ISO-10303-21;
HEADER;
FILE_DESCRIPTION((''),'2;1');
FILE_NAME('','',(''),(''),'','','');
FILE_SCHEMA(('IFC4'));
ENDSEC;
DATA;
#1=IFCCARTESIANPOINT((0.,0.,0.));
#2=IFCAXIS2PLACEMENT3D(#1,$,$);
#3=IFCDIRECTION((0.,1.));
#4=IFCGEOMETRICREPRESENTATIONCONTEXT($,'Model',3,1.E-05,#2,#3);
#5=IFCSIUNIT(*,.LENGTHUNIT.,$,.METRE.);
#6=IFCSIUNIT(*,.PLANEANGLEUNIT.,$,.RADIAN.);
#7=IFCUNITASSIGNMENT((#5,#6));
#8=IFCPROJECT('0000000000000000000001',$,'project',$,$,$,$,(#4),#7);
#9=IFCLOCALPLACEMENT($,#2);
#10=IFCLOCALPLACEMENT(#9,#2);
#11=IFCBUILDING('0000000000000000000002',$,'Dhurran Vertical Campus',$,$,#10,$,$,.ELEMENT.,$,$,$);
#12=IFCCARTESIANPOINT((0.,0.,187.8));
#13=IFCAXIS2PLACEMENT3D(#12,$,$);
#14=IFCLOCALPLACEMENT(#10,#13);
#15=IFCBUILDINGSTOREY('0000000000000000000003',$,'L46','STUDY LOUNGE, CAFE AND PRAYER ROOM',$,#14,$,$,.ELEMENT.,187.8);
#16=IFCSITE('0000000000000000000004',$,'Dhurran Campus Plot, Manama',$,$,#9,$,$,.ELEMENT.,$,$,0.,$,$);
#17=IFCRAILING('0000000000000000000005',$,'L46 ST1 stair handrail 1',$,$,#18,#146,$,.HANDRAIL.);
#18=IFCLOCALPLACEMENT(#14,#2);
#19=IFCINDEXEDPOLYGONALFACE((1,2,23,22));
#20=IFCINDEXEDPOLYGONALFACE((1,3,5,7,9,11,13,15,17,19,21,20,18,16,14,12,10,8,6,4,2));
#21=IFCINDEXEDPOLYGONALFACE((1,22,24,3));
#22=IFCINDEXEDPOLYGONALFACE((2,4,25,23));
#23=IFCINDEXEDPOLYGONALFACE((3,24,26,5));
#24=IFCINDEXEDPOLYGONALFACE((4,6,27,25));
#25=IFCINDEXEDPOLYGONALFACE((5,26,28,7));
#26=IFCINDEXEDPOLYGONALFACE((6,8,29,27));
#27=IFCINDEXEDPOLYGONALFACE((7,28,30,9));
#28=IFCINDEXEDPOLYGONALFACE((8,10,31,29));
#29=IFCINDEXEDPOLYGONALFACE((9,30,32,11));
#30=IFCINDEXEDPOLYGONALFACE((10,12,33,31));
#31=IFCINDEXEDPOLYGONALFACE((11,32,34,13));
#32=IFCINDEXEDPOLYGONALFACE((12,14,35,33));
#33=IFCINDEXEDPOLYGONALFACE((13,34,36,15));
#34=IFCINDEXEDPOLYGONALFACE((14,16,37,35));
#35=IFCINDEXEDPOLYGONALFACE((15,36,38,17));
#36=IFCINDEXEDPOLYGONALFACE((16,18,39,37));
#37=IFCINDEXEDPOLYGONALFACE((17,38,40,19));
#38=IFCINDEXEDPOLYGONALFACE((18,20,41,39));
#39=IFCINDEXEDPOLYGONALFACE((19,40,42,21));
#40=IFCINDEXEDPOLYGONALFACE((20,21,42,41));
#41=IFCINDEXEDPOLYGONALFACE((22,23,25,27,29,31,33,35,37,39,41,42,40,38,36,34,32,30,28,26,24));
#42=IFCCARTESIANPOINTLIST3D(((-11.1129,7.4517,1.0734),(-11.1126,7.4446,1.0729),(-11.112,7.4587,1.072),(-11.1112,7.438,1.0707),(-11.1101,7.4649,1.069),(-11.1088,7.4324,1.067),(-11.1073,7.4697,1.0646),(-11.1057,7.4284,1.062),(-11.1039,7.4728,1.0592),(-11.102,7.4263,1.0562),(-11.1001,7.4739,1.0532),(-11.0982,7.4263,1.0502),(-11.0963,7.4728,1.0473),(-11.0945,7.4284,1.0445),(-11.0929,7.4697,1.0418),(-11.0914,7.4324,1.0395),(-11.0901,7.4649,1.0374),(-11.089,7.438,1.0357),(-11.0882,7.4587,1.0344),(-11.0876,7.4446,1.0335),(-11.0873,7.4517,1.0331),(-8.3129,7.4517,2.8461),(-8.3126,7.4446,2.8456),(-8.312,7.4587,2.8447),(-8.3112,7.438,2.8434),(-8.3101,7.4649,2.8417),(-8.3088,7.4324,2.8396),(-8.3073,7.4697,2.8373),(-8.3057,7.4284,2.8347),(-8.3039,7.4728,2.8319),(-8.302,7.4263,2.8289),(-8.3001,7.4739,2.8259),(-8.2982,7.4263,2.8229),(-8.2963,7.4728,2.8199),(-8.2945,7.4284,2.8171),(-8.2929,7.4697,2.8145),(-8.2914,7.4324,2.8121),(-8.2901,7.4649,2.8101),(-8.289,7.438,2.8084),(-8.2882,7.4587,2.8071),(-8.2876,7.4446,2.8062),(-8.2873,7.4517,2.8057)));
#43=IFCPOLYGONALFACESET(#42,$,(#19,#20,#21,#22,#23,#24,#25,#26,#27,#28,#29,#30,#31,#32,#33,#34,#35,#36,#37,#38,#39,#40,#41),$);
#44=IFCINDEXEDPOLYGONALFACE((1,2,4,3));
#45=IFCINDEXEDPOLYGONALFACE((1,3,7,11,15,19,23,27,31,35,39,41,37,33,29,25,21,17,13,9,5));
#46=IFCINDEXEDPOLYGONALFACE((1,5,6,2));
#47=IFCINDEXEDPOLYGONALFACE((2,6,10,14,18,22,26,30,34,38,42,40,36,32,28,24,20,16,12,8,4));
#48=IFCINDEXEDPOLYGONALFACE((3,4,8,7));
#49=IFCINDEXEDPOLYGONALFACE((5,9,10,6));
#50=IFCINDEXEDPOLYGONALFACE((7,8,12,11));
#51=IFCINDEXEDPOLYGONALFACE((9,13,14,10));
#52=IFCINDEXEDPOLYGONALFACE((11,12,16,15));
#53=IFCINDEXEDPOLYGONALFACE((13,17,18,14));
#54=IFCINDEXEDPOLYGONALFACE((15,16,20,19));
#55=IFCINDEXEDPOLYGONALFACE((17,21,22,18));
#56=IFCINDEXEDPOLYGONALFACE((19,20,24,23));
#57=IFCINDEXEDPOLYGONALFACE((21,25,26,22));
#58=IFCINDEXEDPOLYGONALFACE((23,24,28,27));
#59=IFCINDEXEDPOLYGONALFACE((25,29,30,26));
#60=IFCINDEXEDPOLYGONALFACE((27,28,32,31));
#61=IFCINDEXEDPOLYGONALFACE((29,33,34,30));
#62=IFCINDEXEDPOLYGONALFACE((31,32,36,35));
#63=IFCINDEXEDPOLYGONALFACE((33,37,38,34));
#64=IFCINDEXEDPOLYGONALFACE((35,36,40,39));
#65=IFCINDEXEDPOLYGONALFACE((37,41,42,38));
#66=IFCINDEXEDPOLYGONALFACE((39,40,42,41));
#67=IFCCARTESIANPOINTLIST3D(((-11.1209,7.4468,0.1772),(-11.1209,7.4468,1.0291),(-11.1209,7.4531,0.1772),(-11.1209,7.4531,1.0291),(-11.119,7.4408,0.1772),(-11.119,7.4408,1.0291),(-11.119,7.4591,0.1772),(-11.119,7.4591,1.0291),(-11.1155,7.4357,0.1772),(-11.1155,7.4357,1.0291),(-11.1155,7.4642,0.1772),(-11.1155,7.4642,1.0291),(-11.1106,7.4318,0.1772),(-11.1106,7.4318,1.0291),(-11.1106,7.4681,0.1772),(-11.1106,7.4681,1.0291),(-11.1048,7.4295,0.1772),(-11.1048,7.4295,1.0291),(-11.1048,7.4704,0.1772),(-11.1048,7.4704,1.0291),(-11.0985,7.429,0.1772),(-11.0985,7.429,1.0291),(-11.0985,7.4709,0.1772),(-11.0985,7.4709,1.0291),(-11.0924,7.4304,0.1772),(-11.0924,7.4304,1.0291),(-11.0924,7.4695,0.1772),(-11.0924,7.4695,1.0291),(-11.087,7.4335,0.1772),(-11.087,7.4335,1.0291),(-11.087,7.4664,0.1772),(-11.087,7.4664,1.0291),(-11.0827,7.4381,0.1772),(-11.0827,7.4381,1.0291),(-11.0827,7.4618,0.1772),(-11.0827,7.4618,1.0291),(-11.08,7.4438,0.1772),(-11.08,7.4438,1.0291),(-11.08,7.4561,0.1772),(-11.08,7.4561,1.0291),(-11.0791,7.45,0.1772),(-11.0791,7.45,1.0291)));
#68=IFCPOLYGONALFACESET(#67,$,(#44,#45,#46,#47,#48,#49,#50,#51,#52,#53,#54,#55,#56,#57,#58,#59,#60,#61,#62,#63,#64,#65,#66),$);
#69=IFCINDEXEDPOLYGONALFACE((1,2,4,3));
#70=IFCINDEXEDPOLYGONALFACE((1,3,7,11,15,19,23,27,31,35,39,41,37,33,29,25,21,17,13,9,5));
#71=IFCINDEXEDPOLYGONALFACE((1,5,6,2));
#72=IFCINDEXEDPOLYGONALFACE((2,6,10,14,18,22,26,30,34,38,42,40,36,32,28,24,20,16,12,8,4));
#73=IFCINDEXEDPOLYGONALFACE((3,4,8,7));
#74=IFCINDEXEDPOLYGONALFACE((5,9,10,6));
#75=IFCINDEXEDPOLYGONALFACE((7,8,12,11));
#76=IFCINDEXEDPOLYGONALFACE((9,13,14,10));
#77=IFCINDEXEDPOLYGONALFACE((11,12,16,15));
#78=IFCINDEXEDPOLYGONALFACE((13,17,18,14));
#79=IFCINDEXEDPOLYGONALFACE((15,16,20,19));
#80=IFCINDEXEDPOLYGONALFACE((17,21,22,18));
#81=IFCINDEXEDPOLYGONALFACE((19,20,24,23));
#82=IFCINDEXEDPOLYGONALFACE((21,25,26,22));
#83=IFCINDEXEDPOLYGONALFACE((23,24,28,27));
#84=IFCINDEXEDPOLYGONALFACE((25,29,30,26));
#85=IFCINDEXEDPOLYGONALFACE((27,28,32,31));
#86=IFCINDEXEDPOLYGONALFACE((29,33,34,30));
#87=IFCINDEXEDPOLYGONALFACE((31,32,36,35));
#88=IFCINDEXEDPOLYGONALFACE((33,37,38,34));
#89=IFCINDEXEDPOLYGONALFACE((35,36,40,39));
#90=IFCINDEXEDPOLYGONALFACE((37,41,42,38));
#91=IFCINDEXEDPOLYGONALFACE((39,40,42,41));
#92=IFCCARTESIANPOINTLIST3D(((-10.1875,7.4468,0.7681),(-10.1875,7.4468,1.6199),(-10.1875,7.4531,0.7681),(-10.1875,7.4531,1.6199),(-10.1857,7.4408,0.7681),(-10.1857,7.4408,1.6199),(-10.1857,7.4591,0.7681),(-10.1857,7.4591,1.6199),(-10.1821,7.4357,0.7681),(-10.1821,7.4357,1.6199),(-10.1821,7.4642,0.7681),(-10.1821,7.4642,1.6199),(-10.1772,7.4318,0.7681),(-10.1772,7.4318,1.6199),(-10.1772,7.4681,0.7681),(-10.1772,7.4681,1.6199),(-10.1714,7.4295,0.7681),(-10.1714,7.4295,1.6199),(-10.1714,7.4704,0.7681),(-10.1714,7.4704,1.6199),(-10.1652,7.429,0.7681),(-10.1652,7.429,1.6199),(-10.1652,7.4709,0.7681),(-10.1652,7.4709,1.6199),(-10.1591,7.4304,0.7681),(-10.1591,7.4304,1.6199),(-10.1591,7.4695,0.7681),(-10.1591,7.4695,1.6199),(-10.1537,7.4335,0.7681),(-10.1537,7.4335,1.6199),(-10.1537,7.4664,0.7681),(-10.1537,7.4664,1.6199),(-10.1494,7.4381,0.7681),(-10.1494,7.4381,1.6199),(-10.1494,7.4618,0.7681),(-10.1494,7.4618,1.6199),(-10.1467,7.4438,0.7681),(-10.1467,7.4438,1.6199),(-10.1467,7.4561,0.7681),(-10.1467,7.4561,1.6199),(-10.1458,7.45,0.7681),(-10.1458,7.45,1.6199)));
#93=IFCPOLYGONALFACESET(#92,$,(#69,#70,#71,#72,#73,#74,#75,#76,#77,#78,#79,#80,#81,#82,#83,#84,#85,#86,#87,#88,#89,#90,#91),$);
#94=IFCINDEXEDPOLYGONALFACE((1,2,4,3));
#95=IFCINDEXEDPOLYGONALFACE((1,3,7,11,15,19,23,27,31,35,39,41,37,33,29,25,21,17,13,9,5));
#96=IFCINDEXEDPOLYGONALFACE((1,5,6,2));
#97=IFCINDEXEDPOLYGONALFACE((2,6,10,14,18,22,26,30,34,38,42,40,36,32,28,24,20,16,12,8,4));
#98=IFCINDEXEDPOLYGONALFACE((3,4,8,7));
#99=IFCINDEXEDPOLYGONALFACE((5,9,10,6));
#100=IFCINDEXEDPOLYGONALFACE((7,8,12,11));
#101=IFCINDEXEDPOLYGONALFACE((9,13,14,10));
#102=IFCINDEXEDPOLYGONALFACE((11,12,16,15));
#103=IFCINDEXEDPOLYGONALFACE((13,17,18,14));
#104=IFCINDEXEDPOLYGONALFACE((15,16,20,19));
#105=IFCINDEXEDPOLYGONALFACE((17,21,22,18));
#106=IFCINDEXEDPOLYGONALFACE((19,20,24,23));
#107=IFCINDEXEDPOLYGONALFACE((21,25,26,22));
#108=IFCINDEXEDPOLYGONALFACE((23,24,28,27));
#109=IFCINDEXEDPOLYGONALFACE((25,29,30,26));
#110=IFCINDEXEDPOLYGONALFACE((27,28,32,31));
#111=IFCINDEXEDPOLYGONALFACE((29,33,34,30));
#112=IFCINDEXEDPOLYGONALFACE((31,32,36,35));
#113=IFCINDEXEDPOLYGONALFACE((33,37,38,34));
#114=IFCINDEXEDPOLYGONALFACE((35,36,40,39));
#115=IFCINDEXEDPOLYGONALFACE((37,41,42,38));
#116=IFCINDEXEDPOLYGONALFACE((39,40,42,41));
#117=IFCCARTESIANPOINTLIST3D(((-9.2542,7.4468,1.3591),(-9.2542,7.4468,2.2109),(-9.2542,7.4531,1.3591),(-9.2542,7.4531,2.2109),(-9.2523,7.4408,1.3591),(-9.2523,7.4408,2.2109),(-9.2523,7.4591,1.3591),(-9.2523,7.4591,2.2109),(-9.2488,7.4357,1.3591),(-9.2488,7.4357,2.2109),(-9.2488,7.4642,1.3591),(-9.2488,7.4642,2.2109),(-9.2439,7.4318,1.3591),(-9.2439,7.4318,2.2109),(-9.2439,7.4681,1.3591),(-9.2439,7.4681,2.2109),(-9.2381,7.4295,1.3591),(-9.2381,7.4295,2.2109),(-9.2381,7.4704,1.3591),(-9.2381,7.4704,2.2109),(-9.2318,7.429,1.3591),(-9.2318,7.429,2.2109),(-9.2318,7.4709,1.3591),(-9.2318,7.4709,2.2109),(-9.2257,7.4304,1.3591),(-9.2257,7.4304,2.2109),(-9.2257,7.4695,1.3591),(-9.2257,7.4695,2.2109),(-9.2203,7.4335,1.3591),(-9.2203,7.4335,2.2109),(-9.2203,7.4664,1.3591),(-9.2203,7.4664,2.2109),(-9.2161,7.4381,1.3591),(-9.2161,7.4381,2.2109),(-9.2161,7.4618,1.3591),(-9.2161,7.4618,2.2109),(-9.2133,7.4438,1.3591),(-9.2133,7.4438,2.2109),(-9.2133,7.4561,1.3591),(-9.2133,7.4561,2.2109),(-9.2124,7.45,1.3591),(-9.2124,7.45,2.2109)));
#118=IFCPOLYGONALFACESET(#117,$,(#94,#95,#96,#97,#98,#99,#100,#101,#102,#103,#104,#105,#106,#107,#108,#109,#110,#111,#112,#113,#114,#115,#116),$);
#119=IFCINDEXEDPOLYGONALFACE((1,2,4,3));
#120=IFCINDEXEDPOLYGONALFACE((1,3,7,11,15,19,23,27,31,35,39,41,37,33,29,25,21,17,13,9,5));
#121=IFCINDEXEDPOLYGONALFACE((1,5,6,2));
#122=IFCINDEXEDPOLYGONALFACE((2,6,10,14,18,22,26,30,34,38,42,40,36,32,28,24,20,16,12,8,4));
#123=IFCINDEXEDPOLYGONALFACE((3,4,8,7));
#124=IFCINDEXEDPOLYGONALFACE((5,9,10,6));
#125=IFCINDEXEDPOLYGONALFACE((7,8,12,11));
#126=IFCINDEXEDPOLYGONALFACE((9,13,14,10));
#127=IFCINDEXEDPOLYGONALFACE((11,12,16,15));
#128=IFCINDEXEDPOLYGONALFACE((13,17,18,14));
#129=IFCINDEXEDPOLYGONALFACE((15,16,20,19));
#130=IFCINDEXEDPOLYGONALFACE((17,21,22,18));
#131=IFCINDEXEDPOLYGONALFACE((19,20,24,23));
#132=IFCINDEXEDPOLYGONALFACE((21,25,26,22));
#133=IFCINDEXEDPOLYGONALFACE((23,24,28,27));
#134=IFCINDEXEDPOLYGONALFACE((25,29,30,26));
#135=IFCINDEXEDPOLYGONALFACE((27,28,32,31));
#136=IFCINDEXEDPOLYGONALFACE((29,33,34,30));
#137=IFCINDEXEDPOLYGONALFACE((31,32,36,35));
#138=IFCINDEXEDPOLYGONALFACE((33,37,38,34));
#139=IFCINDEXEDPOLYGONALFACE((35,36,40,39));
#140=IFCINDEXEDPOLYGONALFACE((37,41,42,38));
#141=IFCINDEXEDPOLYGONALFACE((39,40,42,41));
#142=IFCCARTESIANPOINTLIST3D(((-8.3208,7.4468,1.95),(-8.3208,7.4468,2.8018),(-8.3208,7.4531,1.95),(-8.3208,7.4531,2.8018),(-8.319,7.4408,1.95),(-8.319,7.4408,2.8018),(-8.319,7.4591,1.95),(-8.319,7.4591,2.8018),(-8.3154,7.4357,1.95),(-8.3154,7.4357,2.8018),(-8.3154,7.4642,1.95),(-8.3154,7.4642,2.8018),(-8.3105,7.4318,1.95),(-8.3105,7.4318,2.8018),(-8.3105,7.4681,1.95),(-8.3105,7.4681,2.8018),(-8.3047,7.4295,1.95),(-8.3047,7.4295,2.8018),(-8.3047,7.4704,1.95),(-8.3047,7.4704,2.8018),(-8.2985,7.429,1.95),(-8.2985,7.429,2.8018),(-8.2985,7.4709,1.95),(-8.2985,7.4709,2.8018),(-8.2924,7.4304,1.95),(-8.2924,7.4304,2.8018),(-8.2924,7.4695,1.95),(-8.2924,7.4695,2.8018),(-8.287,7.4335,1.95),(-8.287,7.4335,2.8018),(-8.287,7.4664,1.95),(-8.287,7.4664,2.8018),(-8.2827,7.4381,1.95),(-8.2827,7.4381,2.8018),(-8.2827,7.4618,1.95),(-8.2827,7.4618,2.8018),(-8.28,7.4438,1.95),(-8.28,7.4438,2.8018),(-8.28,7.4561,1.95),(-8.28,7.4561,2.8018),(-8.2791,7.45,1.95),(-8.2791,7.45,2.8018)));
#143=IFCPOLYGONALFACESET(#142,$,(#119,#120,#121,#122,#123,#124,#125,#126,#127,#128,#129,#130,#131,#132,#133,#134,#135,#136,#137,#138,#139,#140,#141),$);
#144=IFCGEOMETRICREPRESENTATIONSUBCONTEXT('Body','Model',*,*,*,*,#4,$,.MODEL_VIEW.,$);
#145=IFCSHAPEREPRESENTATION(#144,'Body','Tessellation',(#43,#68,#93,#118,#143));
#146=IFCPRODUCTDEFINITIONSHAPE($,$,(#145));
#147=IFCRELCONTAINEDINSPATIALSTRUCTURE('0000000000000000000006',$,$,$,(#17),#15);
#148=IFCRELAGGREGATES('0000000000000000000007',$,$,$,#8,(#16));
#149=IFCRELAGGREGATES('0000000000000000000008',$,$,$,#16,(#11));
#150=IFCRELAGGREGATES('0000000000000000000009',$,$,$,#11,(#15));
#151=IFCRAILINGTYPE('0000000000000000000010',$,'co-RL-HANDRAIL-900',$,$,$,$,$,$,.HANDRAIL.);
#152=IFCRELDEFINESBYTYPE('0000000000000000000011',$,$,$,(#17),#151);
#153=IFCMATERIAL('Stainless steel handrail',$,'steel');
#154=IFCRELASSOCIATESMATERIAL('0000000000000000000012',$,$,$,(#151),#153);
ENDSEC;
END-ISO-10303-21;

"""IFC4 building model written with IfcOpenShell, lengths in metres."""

from ifc_helpers import new_model, si_unit, direction, frame, origin, origin_2d, place, context, subcontext, project, spatial, circle, extrude, material, type_object, element, save


model = new_model("IFC4")

# Units and contexts
model_context = context("Model", 3, precision=1e-05, world=origin(), true_north=direction((0.0, 1.0)))
body_context = subcontext(model_context, "Body", "Model", "MODEL_VIEW")
ifc_project = project(units=[si_unit("LENGTHUNIT", "METRE"), si_unit("PLANEANGLEUNIT", "RADIAN")], contexts=[model_context])

# Site, building, storey
site_placement = place(None, origin())
site = spatial("IfcSite", under=ifc_project, at=site_placement, Name="Dhurran Campus Plot, Manama", CompositionType="ELEMENT", RefElevation=0.0)
building_placement = place(site_placement, origin())
building = spatial("IfcBuilding", under=site, at=building_placement, Name="Dhurran Vertical Campus", CompositionType="ELEMENT")
storey_placement = place(building_placement, frame((0.0, 0.0, 187.8)))
storey = spatial("IfcBuildingStorey", under=building, at=storey_placement, Name="L46", Description="STUDY LOUNGE, CAFE AND PRAYER ROOM", CompositionType="ELEMENT", Elevation=187.8)

# Railing
ifc_material_1 = material(Name="Stainless steel handrail", Category="steel")
railing_type_1 = type_object("IfcRailingType", Name="co-RL-HANDRAIL-900", PredefinedType="HANDRAIL", material=ifc_material_1)
railing_1_placement = place(storey_placement, frame((-11.1001, 7.45, 0.1772)))
element("IfcRailing", 1, at=railing_1_placement, inside=storey, type_object=railing_type_1, Name="L46 ST1 stair handrail 1", PredefinedType="HANDRAIL", context=body_context, shape_type="SweptSolid", body=[
    extrude(circle(Radius=0.0239, at=origin_2d()), frame((0.0, 0.0, 0.876), z_axis=(0.844909, 0.0, 0.53491), x_axis=(0.0, 1.0, 0.0)), (0.0, 0.0, 1.0), 3.314),
    extrude(circle(Radius=0.021, at=origin_2d()), origin(), (0.0, 0.0, 1.0), 0.8518),
    extrude(circle(Radius=0.021, at=origin_2d()), frame((0.9333, 0.0, 0.5908)), (0.0, 0.0, 1.0), 0.8518),
    extrude(circle(Radius=0.021, at=origin_2d()), frame((1.8667, 0.0, 1.1819)), (0.0, 0.0, 1.0), 0.8518),
    extrude(circle(Radius=0.021, at=origin_2d()), frame((2.8, 0.0, 1.7727)), (0.0, 0.0, 1.0), 0.8518),
])

save(model, "model.ifc")
